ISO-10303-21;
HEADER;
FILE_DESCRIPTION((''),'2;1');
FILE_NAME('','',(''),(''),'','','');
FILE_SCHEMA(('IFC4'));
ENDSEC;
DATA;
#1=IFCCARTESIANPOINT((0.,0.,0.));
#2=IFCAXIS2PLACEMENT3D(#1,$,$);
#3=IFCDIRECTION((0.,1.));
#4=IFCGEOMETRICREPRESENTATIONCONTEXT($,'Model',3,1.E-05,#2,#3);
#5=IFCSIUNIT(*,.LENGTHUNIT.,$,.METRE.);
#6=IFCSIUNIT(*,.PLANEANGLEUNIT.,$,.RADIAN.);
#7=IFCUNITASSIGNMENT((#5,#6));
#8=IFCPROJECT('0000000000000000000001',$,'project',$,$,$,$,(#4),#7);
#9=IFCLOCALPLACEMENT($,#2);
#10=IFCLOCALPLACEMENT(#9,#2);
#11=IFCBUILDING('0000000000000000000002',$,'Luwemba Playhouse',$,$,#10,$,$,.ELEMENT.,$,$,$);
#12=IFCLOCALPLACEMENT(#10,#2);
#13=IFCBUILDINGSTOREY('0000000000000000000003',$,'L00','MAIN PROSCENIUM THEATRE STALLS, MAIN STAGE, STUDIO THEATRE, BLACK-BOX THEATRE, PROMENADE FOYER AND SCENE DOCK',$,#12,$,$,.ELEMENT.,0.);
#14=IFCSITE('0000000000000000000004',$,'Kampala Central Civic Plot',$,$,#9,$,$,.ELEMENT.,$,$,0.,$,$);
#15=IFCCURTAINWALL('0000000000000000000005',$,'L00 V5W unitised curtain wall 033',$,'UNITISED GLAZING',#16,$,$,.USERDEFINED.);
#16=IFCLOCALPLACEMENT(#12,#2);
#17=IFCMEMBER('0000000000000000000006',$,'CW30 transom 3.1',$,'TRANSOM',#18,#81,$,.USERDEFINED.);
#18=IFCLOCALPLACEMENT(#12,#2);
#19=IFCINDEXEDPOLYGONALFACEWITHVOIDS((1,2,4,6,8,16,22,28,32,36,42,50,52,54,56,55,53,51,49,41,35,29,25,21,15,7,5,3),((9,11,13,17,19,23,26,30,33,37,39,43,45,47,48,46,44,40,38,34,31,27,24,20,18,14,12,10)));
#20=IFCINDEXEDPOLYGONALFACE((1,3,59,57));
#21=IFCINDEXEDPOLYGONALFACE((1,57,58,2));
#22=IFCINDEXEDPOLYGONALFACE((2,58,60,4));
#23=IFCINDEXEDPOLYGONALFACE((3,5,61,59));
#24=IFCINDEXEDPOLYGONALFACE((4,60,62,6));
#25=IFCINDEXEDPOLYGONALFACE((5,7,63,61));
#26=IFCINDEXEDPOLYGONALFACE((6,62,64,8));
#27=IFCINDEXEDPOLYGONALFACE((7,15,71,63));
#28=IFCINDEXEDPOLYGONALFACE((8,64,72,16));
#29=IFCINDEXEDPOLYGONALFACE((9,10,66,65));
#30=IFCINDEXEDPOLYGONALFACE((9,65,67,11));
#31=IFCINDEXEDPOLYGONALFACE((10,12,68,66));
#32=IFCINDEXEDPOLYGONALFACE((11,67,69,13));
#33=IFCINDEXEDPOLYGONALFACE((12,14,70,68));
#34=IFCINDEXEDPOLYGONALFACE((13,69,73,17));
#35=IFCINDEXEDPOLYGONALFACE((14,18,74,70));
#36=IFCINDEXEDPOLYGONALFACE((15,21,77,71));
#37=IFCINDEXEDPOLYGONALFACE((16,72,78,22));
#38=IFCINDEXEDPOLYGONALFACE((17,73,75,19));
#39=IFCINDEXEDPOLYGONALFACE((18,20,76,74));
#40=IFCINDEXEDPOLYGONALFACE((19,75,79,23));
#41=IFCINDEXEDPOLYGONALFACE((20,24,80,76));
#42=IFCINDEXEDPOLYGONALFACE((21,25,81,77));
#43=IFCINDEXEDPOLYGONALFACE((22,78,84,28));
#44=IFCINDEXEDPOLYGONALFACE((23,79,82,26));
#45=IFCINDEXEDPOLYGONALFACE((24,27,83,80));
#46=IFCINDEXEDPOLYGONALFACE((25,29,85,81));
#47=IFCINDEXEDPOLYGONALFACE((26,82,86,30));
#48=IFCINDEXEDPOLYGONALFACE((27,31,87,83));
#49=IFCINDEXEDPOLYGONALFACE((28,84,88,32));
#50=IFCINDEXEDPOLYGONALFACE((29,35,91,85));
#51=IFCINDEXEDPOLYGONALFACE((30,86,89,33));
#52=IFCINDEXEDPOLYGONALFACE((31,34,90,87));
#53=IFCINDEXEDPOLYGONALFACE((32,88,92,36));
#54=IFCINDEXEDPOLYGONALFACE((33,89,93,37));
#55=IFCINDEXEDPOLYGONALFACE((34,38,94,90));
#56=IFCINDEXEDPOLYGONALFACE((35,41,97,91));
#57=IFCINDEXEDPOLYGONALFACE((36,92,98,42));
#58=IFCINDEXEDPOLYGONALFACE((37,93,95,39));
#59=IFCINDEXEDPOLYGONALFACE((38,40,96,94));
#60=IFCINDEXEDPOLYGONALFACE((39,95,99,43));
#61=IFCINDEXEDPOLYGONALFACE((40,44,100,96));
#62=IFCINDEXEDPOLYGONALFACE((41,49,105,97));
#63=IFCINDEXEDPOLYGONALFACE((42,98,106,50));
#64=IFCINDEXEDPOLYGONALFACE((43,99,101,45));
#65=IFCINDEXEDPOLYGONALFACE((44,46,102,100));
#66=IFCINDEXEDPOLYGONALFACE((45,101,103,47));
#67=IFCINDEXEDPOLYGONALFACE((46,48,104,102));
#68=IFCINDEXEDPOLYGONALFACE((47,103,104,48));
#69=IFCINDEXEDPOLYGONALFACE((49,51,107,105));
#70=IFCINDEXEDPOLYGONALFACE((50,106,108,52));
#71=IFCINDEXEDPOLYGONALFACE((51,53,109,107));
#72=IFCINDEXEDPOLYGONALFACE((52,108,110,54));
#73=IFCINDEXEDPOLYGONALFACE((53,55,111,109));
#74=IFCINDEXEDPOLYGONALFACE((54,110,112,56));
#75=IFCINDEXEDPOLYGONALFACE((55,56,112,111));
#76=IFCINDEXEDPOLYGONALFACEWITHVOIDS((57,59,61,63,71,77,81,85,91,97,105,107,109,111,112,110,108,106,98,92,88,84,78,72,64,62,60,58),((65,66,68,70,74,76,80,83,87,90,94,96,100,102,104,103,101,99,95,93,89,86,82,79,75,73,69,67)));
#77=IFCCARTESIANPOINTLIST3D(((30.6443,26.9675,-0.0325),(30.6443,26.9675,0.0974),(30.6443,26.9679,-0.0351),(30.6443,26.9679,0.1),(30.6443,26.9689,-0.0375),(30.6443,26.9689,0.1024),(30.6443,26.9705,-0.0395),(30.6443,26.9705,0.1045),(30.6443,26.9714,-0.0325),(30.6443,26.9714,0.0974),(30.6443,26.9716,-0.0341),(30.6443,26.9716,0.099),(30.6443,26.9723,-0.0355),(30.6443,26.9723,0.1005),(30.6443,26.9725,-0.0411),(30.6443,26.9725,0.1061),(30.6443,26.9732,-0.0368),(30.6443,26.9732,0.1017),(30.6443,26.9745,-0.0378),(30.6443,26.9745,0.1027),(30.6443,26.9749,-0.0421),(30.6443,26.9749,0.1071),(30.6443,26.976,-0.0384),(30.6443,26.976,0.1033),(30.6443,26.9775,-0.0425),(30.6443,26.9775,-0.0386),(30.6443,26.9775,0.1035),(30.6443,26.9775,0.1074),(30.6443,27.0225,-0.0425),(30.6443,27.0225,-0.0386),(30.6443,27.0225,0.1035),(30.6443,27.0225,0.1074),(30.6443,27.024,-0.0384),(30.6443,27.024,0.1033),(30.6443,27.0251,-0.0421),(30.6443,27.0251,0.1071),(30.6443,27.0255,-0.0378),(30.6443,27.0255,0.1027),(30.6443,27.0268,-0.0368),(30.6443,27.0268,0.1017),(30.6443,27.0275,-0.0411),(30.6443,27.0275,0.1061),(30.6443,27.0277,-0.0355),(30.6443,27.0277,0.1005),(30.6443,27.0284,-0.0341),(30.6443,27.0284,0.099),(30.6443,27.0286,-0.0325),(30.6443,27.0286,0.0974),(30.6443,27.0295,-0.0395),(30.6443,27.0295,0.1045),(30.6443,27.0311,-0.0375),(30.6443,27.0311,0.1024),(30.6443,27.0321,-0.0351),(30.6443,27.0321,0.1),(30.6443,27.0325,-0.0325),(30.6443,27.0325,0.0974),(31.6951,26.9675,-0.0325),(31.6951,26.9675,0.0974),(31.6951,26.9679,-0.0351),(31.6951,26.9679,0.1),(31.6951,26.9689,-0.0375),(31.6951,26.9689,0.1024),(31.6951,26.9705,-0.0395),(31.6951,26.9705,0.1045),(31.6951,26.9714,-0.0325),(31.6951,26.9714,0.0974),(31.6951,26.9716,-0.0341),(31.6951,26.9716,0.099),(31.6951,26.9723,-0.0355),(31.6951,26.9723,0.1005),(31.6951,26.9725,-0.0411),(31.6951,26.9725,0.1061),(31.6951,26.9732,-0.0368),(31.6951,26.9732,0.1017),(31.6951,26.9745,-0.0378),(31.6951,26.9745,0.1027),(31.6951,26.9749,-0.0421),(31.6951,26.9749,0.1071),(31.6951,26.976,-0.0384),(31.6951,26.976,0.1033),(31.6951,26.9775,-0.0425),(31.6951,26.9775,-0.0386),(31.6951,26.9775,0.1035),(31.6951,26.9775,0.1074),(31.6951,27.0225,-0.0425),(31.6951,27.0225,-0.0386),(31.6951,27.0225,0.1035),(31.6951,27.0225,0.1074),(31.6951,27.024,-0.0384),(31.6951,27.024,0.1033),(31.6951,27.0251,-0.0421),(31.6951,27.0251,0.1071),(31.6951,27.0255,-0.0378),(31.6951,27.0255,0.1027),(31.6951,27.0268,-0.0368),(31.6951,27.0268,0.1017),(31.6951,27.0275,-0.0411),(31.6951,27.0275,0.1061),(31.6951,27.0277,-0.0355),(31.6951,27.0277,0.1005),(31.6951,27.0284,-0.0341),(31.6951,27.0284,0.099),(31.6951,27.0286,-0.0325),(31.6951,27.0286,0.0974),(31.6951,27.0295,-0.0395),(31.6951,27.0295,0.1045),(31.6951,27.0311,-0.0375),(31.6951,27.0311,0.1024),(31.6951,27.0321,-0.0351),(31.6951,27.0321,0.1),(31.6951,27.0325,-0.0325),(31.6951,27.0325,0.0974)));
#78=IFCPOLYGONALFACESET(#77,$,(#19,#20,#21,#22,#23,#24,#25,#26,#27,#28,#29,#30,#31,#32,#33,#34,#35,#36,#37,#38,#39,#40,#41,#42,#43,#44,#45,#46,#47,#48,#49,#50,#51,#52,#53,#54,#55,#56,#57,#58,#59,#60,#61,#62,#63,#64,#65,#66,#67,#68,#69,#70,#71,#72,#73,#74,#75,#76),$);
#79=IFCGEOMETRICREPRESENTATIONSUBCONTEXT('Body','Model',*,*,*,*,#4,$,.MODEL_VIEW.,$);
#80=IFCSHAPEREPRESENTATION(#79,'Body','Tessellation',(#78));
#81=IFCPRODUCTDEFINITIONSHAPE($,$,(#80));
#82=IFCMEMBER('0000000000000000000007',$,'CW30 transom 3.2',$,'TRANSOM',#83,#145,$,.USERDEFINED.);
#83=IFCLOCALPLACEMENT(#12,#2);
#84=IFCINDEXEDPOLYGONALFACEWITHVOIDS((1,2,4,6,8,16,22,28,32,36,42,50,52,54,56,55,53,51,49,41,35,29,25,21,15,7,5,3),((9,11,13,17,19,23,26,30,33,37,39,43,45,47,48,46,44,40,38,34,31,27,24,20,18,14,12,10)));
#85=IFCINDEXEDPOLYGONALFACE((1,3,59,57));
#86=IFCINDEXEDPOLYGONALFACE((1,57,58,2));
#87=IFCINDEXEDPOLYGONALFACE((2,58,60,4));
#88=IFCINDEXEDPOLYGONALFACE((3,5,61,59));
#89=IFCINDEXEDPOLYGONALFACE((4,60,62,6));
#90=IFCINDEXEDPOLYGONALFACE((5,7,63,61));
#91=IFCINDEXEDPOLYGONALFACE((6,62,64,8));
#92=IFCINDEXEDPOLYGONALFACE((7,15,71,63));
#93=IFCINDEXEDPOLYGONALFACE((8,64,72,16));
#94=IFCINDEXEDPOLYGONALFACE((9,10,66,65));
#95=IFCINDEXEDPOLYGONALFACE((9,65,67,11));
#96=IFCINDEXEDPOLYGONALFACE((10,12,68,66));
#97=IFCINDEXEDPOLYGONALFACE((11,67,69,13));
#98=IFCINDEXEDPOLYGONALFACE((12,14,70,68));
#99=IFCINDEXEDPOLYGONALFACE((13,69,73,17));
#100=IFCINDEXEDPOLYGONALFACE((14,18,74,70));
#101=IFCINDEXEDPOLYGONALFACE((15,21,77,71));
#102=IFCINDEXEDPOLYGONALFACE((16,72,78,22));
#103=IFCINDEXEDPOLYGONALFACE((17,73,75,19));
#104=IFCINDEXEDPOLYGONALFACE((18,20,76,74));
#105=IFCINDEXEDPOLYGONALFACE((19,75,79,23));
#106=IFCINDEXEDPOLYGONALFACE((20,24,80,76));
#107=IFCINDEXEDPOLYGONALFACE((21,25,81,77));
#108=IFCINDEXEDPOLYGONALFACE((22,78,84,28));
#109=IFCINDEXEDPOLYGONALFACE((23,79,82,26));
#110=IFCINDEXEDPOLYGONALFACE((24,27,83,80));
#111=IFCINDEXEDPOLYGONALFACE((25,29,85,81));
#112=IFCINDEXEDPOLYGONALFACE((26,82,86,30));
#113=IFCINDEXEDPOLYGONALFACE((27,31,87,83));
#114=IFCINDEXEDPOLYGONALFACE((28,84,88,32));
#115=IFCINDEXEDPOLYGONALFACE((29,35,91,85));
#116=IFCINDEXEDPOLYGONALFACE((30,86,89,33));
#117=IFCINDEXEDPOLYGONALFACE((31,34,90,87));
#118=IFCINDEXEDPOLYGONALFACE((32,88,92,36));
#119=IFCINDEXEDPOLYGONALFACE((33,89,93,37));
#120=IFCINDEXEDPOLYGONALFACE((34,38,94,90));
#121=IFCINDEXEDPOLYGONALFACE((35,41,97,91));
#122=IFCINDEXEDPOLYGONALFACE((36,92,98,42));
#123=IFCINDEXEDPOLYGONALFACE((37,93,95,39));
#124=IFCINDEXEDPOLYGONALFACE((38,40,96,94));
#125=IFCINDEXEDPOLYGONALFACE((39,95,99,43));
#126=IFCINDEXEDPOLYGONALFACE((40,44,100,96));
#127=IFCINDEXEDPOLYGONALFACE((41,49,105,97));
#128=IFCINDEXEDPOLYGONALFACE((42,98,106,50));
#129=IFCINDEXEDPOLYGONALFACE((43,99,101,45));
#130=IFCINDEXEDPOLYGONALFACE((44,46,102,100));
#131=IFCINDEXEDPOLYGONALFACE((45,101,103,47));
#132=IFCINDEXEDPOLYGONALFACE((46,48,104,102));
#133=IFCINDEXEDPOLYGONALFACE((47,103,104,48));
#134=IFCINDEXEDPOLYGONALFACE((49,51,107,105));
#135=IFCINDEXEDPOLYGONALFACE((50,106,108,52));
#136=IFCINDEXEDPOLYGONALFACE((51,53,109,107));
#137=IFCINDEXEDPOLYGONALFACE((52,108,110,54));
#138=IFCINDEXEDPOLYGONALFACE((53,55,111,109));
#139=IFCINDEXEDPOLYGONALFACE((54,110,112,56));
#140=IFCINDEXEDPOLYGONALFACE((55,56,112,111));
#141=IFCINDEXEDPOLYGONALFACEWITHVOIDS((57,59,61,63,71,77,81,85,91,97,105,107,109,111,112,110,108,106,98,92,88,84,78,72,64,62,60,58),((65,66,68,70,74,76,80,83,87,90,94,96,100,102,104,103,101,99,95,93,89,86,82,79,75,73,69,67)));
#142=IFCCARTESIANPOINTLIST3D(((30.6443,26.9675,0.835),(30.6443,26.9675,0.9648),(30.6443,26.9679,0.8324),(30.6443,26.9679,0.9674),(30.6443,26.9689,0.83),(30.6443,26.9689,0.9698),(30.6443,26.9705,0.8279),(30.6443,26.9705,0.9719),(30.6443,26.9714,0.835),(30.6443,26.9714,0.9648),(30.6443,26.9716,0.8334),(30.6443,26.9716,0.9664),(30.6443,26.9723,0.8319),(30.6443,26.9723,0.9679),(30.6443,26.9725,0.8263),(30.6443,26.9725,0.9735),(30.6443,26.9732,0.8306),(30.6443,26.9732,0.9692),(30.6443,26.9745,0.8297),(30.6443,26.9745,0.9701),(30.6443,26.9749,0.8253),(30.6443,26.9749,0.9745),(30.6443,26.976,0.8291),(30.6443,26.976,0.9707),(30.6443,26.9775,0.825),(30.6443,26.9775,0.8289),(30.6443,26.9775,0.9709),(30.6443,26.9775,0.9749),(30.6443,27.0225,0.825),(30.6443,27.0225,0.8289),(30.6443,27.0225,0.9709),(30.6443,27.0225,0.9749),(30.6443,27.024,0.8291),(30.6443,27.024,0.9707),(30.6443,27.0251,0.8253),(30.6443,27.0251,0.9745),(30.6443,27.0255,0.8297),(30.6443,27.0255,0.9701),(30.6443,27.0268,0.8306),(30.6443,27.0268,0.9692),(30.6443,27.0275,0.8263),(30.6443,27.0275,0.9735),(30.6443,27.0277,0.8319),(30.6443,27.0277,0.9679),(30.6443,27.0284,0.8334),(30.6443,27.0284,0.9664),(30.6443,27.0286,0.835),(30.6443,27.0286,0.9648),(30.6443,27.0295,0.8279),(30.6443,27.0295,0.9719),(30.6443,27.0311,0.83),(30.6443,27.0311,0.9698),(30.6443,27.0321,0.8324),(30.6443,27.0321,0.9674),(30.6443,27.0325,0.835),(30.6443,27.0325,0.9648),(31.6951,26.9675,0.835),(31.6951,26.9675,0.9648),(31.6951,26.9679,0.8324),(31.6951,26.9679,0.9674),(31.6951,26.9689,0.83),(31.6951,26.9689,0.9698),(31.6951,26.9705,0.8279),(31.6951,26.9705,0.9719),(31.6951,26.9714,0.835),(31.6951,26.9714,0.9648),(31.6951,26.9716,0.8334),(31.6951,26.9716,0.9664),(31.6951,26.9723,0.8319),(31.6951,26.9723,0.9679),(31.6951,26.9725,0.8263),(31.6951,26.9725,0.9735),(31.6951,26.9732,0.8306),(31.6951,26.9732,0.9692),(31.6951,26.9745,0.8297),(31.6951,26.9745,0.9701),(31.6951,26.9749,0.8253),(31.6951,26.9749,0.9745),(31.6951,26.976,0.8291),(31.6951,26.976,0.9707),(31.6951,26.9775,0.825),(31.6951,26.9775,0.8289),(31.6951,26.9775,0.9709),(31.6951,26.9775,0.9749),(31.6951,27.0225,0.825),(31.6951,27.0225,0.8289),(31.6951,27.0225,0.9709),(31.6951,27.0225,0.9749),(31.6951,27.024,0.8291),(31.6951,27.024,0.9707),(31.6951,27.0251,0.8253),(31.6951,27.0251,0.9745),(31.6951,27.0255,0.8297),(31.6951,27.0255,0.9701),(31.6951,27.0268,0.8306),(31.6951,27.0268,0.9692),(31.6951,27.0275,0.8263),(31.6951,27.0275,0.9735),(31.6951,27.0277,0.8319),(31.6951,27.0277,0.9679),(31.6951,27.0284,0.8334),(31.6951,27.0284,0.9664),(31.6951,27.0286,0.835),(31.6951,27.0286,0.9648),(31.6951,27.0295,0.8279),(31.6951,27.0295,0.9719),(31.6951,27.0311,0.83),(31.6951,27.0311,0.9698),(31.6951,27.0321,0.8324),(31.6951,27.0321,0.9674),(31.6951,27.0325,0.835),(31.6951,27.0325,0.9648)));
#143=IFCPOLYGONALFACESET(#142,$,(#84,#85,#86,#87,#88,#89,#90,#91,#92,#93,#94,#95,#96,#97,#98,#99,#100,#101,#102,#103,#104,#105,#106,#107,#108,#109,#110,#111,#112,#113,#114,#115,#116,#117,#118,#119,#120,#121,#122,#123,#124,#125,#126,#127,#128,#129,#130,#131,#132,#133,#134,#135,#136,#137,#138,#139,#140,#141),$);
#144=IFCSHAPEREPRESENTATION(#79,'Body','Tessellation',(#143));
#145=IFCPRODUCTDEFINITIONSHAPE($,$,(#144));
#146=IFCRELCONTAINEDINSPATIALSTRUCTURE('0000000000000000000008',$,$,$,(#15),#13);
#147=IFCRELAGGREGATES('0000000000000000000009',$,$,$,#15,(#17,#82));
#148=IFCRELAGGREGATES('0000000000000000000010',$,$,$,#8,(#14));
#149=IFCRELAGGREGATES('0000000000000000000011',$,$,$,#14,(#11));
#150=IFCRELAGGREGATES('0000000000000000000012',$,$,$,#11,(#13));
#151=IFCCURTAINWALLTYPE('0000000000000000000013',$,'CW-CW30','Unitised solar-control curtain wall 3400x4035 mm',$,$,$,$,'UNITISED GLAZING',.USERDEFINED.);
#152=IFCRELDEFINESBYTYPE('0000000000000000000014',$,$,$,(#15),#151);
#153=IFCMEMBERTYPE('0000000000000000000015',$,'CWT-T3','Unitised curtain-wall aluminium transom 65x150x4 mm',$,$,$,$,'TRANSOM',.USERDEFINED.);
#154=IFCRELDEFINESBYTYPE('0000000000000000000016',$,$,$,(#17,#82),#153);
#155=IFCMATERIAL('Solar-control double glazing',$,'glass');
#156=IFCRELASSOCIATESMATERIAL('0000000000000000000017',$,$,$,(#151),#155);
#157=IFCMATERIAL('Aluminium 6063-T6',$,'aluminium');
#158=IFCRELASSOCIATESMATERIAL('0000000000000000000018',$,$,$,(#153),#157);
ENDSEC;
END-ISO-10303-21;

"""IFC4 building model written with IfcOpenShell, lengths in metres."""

from ifc_helpers import new_model, si_unit, direction, frame, origin, origin_2d, place, context, subcontext, project, spatial, hollow_rectangle, extrude, material, material_profile, profile_set, type_object, element, aggregate, save


model = new_model("IFC4")

# Units and contexts
model_context = context("Model", 3, precision=1e-05, world=origin(), true_north=direction((0.0, 1.0)))
body_context = subcontext(model_context, "Body", "Model", "MODEL_VIEW")
ifc_project = project(units=[si_unit("LENGTHUNIT", "METRE"), si_unit("PLANEANGLEUNIT", "RADIAN")], contexts=[model_context])

# Site, building, storey
site_placement = place(None, origin())
site = spatial("IfcSite", under=ifc_project, at=site_placement, Name="Kampala Central Civic Plot", CompositionType="ELEMENT", RefElevation=0.0)
building_placement = place(site_placement, origin())
building = spatial("IfcBuilding", under=site, at=building_placement, Name="Luwemba Playhouse", CompositionType="ELEMENT")
storey_placement = place(building_placement, origin())
storey = spatial("IfcBuildingStorey", under=building, at=storey_placement, Name="L00", Description="MAIN PROSCENIUM THEATRE STALLS, MAIN STAGE, STUDIO THEATRE, BLACK-BOX THEATRE, PROMENADE FOYER AND SCENE DOCK", CompositionType="ELEMENT", Elevation=0.0)

# Curtain wall, members
ifc_material_1 = material(Name="Solar-control double glazing", Category="glass")
curtain_wall_type = type_object("IfcCurtainWallType", Name="CW-CW30", Description="Unitised solar-control curtain wall 3400x4035 mm", ElementType="UNITISED GLAZING", PredefinedType="USERDEFINED", material=ifc_material_1)
curtain_wall_placement = place(storey_placement, origin())
curtain_wall = element("IfcCurtainWall", 1, at=curtain_wall_placement, inside=storey, type_object=curtain_wall_type, Name="L00 V5W unitised curtain wall 033", ObjectType="UNITISED GLAZING", PredefinedType="USERDEFINED")
ifc_material_2 = material(Name="Aluminium 6063-T6", Category="aluminium")
ifc_material_profile_1 = material_profile(ifc_material_2, hollow_rectangle(XDim=0.0649, YDim=0.1499, WallThickness=0.0039, InnerFilletRadius=0.0061, OuterFilletRadius=0.01, at=origin_2d()))
ifc_profile_set_1 = profile_set([ifc_material_profile_1], Name="Aluminium 6063-T6")
member_type_1 = type_object("IfcMemberType", Name="CWT-T3", Description="Unitised curtain-wall aluminium transom 65x150x4 mm", ElementType="TRANSOM", PredefinedType="USERDEFINED", material=ifc_profile_set_1)
member_1_placement = place(storey_placement, frame((30.6443, 27.0, 0.0325), z_axis=(1.0, 0.0, 0.0), x_axis=(0.0, 1.0, 0.0)))
member_1 = element("IfcMember", 2, at=member_1_placement, type_object=member_type_1, Name="CW30 transom 3.1", ObjectType="TRANSOM", PredefinedType="USERDEFINED", context=body_context, shape_type="SweptSolid", body=[
    extrude(hollow_rectangle(XDim=0.0649, YDim=0.1499, WallThickness=0.0039, InnerFilletRadius=0.0061, OuterFilletRadius=0.01, at=origin_2d()), origin(), (0.0, 0.0, 1.0), 1.0508),
])
member_2_placement = place(storey_placement, frame((30.6443, 27.0, 0.8999), z_axis=(1.0, 0.0, 0.0), x_axis=(0.0, 1.0, 0.0)))
member_2 = element("IfcMember", 3, at=member_2_placement, type_object=member_type_1, Name="CW30 transom 3.2", ObjectType="TRANSOM", PredefinedType="USERDEFINED", context=body_context, shape_type="SweptSolid", body=[
    extrude(hollow_rectangle(XDim=0.0649, YDim=0.1499, WallThickness=0.0039, InnerFilletRadius=0.0061, OuterFilletRadius=0.01, at=origin_2d()), origin(), (0.0, 0.0, 1.0), 1.0508),
])
aggregate(curtain_wall, [member_1, member_2])

save(model, "model.ifc")
